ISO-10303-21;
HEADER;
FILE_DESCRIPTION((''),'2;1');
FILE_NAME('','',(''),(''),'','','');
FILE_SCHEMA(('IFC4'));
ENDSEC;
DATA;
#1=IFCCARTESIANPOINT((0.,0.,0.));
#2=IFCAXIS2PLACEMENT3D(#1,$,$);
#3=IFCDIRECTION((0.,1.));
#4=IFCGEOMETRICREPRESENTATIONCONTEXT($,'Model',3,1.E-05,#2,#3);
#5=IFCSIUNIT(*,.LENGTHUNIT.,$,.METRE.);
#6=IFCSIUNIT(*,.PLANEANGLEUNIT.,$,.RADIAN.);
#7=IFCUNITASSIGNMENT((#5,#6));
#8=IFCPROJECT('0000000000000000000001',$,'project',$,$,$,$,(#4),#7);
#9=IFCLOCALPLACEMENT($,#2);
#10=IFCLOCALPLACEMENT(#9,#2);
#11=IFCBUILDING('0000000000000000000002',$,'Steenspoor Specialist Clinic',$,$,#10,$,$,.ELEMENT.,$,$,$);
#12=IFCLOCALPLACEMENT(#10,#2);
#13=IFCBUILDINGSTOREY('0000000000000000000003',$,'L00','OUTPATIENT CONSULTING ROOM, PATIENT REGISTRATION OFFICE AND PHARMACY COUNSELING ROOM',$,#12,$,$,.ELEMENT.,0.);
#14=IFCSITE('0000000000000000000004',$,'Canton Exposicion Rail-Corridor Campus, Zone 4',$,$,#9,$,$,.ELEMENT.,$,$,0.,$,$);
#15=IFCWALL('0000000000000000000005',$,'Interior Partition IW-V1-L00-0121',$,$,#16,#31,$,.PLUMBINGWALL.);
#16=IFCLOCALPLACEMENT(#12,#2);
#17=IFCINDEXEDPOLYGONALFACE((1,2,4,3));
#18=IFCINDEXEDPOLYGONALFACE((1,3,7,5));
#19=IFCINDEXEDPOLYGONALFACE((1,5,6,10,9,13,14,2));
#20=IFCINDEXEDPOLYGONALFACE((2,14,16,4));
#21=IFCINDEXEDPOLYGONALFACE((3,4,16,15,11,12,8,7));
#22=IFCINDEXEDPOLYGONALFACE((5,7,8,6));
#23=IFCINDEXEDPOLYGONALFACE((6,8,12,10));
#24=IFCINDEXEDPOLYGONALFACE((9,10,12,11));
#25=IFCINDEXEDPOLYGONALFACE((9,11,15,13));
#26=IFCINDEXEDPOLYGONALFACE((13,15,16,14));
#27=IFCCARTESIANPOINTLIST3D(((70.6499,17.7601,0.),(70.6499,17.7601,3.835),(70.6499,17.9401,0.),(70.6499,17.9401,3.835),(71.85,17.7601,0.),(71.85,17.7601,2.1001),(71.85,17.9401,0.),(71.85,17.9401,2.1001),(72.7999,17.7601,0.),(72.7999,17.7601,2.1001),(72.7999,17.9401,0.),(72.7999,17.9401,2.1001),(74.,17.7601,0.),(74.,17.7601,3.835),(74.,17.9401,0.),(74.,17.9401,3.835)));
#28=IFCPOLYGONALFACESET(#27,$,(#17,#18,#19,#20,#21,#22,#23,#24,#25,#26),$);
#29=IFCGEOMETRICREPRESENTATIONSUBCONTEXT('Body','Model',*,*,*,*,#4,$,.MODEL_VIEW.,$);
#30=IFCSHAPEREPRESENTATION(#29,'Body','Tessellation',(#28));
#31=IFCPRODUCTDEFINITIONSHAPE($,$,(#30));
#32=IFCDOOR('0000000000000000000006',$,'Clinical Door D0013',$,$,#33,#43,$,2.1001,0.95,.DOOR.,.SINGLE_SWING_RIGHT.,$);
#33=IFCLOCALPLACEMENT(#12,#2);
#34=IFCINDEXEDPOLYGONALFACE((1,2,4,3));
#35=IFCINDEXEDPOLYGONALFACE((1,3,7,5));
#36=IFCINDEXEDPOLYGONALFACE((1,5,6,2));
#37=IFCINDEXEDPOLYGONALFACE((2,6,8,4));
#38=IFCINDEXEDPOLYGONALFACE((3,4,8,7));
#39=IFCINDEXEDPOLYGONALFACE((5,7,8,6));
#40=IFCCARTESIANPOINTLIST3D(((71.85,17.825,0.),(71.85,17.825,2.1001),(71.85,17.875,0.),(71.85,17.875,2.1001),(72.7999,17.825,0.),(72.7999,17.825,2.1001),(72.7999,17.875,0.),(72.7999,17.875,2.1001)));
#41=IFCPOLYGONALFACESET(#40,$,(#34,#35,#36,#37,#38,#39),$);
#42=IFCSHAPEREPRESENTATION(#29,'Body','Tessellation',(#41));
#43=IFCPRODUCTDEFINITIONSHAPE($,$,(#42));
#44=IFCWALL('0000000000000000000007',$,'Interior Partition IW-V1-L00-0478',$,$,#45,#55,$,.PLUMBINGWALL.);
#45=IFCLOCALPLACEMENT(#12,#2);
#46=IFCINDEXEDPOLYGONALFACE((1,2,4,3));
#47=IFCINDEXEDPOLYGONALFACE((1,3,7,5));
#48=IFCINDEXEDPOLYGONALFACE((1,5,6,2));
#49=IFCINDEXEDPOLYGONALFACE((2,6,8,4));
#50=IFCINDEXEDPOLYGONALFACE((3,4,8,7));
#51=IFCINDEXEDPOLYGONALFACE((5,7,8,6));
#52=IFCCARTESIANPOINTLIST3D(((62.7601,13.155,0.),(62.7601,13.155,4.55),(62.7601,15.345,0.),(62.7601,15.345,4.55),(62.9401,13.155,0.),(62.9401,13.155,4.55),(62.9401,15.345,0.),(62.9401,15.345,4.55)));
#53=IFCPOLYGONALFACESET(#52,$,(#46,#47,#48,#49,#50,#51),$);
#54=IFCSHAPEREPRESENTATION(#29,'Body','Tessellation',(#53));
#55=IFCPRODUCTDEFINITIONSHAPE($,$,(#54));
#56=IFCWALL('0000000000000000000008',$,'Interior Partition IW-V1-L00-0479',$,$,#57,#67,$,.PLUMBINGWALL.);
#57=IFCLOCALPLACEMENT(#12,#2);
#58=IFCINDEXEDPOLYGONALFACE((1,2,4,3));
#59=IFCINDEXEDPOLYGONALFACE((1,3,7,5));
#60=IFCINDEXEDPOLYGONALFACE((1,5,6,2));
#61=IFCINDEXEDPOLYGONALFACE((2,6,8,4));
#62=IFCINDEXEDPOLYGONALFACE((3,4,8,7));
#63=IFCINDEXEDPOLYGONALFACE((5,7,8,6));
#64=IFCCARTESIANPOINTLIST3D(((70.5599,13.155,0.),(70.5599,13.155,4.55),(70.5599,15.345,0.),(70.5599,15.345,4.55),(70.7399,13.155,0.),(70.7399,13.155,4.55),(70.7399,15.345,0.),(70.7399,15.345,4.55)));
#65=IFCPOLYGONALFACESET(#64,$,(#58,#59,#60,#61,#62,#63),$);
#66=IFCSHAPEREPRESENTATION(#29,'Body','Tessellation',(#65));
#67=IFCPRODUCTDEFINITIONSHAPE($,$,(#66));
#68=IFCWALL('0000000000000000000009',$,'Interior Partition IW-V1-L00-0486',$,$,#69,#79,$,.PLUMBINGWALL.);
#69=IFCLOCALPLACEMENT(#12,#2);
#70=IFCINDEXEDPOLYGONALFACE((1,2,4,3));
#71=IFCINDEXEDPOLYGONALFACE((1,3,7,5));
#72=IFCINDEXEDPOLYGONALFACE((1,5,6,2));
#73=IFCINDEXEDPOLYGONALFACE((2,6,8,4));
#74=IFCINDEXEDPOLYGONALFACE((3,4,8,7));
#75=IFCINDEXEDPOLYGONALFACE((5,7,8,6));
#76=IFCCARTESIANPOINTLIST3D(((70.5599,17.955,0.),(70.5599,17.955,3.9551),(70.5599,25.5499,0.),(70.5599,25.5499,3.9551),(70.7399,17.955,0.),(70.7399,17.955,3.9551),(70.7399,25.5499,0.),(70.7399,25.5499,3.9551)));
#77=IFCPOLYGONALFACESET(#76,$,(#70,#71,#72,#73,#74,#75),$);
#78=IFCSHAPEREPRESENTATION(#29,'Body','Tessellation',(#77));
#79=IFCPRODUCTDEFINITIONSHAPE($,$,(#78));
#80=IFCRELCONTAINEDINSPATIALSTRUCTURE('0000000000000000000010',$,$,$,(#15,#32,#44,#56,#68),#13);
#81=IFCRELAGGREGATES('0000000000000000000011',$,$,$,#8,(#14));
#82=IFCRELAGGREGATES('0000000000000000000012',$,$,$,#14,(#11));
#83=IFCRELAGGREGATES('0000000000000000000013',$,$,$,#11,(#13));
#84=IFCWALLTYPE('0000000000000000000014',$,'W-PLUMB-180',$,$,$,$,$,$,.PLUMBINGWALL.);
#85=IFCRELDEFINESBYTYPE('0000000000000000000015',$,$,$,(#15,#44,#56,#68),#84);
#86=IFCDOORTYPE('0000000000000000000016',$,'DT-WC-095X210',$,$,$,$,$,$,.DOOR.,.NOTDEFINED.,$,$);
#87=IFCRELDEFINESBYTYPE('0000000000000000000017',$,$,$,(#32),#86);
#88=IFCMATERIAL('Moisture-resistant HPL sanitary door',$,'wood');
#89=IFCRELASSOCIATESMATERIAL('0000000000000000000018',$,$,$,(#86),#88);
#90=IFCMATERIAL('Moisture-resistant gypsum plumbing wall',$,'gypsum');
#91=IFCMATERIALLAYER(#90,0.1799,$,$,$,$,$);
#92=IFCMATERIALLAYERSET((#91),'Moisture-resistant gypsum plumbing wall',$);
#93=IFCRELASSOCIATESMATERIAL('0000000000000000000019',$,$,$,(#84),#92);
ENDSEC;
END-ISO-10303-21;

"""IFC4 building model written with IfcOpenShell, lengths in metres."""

from ifc_helpers import new_model, si_unit, direction, frame, frame_2d, origin, place, context, subcontext, project, spatial, rectangle, extrude, material, layer, layer_set, type_object, element, fill, save


model = new_model("IFC4")

# Units and contexts
model_context = context("Model", 3, precision=1e-05, world=origin(), true_north=direction((0.0, 1.0)))
body_context = subcontext(model_context, "Body", "Model", "MODEL_VIEW")
ifc_project = project(units=[si_unit("LENGTHUNIT", "METRE"), si_unit("PLANEANGLEUNIT", "RADIAN")], contexts=[model_context])

# Site, building, storey
site_placement = place(None, origin())
site = spatial("IfcSite", under=ifc_project, at=site_placement, Name="Canton Exposicion Rail-Corridor Campus, Zone 4", CompositionType="ELEMENT", RefElevation=0.0)
building_placement = place(site_placement, origin())
building = spatial("IfcBuilding", under=site, at=building_placement, Name="Steenspoor Specialist Clinic", CompositionType="ELEMENT")
storey_placement = place(building_placement, origin())
storey = spatial("IfcBuildingStorey", under=building, at=storey_placement, Name="L00", Description="OUTPATIENT CONSULTING ROOM, PATIENT REGISTRATION OFFICE AND PHARMACY COUNSELING ROOM", CompositionType="ELEMENT", Elevation=0.0)

# Shared definitions
ifc_material_1 = material(Name="Moisture-resistant HPL sanitary door", Category="wood")
door_type_1 = type_object("IfcDoorType", Name="DT-WC-095X210", OperationType="NOTDEFINED", PredefinedType="DOOR", material=ifc_material_1)
ifc_material_2 = material(Name="Moisture-resistant gypsum plumbing wall", Category="gypsum")
ifc_layer_1 = layer(ifc_material_2, 0.1799)
ifc_layer_set_1 = layer_set([ifc_layer_1], Name="Moisture-resistant gypsum plumbing wall")
wall_type_1 = type_object("IfcWallType", Name="W-PLUMB-180", PredefinedType="PLUMBINGWALL", material=ifc_layer_set_1)

# Wall, opening, door
wall_1_placement = place(storey_placement, frame((70.6499, 17.8501, 0.0), z_axis=(0.0, 0.0, 1.0), x_axis=(1.0, 0.0, 0.0)))
wall_1 = element("IfcWall", 1, at=wall_1_placement, inside=storey, type_object=wall_type_1, Name="Interior Partition IW-V1-L00-0121", PredefinedType="PLUMBINGWALL", context=body_context, shape_type="SweptSolid", body=[
    extrude(rectangle(XDim=3.3501, YDim=0.1799, at=frame_2d((1.675, 0.0))), origin(), (0.0, 0.0, 1.0), 3.835),
])
opening_1_placement = place(wall_1_placement, frame((1.2, 0.0, 0.0)))
opening_1 = element("IfcOpeningElement", 2, at=opening_1_placement, cuts=wall_1, PredefinedType="OPENING", context=body_context, shape_type="SweptSolid", body=[
    extrude(rectangle(XDim=0.95, YDim=2.1001, at=frame_2d((0.4751, 1.05))), frame((0.0, 0.1001, 0.0), z_axis=(0.0, -1.0, 0.0), x_axis=(1.0, 0.0, 0.0)), (0.0, 0.0, 1.0), 0.2),
])
door_1_placement = place(opening_1_placement, origin())
door_1 = element("IfcDoor", 3, at=door_1_placement, inside=storey, type_object=door_type_1, Name="Clinical Door D0013", OperationType="SINGLE_SWING_RIGHT", OverallHeight=2.1001, OverallWidth=0.95, PredefinedType="DOOR", context=body_context, shape_type="SweptSolid", body=[
    extrude(rectangle(XDim=0.95, YDim=2.1001, at=frame_2d((0.4751, 1.05))), frame((0.0, 0.0249, 0.0), z_axis=(0.0, -1.0, 0.0), x_axis=(1.0, 0.0, 0.0)), (0.0, 0.0, 1.0), 0.05),
])
fill(opening_1, door_1)

# Walls
for number, where, z_axis, x_axis, name in (
    (4, (62.8501, 13.155, 0.0), (0.0, 0.0, 1.0), (0.0, 1.0, 0.0), "Interior Partition IW-V1-L00-0478"),
    (5, (70.6499, 13.155, 0.0), (0.0, 0.0, 1.0), (0.0, 1.0, 0.0), "Interior Partition IW-V1-L00-0479"),
):
    element("IfcWall", number, at=place(storey_placement, frame(where, z_axis=z_axis, x_axis=x_axis)), inside=storey, type_object=wall_type_1, Name=name, PredefinedType="PLUMBINGWALL", context=body_context, shape_type="SweptSolid", body=[
        extrude(rectangle(XDim=2.1899, YDim=0.1799, at=frame_2d((1.095, 0.0))), origin(), (0.0, 0.0, 1.0), 4.55),
    ])
wall_2_placement = place(storey_placement, frame((70.6499, 17.9551, 0.0), z_axis=(0.0, 0.0, 1.0), x_axis=(0.0, 1.0, 0.0)))
element("IfcWall", 6, at=wall_2_placement, inside=storey, type_object=wall_type_1, Name="Interior Partition IW-V1-L00-0486", PredefinedType="PLUMBINGWALL", context=body_context, shape_type="SweptSolid", body=[
    extrude(rectangle(XDim=7.595, YDim=0.1799, at=frame_2d((3.7974, 0.0))), origin(), (0.0, 0.0, 1.0), 3.9551),
])

save(model, "model.ifc")
